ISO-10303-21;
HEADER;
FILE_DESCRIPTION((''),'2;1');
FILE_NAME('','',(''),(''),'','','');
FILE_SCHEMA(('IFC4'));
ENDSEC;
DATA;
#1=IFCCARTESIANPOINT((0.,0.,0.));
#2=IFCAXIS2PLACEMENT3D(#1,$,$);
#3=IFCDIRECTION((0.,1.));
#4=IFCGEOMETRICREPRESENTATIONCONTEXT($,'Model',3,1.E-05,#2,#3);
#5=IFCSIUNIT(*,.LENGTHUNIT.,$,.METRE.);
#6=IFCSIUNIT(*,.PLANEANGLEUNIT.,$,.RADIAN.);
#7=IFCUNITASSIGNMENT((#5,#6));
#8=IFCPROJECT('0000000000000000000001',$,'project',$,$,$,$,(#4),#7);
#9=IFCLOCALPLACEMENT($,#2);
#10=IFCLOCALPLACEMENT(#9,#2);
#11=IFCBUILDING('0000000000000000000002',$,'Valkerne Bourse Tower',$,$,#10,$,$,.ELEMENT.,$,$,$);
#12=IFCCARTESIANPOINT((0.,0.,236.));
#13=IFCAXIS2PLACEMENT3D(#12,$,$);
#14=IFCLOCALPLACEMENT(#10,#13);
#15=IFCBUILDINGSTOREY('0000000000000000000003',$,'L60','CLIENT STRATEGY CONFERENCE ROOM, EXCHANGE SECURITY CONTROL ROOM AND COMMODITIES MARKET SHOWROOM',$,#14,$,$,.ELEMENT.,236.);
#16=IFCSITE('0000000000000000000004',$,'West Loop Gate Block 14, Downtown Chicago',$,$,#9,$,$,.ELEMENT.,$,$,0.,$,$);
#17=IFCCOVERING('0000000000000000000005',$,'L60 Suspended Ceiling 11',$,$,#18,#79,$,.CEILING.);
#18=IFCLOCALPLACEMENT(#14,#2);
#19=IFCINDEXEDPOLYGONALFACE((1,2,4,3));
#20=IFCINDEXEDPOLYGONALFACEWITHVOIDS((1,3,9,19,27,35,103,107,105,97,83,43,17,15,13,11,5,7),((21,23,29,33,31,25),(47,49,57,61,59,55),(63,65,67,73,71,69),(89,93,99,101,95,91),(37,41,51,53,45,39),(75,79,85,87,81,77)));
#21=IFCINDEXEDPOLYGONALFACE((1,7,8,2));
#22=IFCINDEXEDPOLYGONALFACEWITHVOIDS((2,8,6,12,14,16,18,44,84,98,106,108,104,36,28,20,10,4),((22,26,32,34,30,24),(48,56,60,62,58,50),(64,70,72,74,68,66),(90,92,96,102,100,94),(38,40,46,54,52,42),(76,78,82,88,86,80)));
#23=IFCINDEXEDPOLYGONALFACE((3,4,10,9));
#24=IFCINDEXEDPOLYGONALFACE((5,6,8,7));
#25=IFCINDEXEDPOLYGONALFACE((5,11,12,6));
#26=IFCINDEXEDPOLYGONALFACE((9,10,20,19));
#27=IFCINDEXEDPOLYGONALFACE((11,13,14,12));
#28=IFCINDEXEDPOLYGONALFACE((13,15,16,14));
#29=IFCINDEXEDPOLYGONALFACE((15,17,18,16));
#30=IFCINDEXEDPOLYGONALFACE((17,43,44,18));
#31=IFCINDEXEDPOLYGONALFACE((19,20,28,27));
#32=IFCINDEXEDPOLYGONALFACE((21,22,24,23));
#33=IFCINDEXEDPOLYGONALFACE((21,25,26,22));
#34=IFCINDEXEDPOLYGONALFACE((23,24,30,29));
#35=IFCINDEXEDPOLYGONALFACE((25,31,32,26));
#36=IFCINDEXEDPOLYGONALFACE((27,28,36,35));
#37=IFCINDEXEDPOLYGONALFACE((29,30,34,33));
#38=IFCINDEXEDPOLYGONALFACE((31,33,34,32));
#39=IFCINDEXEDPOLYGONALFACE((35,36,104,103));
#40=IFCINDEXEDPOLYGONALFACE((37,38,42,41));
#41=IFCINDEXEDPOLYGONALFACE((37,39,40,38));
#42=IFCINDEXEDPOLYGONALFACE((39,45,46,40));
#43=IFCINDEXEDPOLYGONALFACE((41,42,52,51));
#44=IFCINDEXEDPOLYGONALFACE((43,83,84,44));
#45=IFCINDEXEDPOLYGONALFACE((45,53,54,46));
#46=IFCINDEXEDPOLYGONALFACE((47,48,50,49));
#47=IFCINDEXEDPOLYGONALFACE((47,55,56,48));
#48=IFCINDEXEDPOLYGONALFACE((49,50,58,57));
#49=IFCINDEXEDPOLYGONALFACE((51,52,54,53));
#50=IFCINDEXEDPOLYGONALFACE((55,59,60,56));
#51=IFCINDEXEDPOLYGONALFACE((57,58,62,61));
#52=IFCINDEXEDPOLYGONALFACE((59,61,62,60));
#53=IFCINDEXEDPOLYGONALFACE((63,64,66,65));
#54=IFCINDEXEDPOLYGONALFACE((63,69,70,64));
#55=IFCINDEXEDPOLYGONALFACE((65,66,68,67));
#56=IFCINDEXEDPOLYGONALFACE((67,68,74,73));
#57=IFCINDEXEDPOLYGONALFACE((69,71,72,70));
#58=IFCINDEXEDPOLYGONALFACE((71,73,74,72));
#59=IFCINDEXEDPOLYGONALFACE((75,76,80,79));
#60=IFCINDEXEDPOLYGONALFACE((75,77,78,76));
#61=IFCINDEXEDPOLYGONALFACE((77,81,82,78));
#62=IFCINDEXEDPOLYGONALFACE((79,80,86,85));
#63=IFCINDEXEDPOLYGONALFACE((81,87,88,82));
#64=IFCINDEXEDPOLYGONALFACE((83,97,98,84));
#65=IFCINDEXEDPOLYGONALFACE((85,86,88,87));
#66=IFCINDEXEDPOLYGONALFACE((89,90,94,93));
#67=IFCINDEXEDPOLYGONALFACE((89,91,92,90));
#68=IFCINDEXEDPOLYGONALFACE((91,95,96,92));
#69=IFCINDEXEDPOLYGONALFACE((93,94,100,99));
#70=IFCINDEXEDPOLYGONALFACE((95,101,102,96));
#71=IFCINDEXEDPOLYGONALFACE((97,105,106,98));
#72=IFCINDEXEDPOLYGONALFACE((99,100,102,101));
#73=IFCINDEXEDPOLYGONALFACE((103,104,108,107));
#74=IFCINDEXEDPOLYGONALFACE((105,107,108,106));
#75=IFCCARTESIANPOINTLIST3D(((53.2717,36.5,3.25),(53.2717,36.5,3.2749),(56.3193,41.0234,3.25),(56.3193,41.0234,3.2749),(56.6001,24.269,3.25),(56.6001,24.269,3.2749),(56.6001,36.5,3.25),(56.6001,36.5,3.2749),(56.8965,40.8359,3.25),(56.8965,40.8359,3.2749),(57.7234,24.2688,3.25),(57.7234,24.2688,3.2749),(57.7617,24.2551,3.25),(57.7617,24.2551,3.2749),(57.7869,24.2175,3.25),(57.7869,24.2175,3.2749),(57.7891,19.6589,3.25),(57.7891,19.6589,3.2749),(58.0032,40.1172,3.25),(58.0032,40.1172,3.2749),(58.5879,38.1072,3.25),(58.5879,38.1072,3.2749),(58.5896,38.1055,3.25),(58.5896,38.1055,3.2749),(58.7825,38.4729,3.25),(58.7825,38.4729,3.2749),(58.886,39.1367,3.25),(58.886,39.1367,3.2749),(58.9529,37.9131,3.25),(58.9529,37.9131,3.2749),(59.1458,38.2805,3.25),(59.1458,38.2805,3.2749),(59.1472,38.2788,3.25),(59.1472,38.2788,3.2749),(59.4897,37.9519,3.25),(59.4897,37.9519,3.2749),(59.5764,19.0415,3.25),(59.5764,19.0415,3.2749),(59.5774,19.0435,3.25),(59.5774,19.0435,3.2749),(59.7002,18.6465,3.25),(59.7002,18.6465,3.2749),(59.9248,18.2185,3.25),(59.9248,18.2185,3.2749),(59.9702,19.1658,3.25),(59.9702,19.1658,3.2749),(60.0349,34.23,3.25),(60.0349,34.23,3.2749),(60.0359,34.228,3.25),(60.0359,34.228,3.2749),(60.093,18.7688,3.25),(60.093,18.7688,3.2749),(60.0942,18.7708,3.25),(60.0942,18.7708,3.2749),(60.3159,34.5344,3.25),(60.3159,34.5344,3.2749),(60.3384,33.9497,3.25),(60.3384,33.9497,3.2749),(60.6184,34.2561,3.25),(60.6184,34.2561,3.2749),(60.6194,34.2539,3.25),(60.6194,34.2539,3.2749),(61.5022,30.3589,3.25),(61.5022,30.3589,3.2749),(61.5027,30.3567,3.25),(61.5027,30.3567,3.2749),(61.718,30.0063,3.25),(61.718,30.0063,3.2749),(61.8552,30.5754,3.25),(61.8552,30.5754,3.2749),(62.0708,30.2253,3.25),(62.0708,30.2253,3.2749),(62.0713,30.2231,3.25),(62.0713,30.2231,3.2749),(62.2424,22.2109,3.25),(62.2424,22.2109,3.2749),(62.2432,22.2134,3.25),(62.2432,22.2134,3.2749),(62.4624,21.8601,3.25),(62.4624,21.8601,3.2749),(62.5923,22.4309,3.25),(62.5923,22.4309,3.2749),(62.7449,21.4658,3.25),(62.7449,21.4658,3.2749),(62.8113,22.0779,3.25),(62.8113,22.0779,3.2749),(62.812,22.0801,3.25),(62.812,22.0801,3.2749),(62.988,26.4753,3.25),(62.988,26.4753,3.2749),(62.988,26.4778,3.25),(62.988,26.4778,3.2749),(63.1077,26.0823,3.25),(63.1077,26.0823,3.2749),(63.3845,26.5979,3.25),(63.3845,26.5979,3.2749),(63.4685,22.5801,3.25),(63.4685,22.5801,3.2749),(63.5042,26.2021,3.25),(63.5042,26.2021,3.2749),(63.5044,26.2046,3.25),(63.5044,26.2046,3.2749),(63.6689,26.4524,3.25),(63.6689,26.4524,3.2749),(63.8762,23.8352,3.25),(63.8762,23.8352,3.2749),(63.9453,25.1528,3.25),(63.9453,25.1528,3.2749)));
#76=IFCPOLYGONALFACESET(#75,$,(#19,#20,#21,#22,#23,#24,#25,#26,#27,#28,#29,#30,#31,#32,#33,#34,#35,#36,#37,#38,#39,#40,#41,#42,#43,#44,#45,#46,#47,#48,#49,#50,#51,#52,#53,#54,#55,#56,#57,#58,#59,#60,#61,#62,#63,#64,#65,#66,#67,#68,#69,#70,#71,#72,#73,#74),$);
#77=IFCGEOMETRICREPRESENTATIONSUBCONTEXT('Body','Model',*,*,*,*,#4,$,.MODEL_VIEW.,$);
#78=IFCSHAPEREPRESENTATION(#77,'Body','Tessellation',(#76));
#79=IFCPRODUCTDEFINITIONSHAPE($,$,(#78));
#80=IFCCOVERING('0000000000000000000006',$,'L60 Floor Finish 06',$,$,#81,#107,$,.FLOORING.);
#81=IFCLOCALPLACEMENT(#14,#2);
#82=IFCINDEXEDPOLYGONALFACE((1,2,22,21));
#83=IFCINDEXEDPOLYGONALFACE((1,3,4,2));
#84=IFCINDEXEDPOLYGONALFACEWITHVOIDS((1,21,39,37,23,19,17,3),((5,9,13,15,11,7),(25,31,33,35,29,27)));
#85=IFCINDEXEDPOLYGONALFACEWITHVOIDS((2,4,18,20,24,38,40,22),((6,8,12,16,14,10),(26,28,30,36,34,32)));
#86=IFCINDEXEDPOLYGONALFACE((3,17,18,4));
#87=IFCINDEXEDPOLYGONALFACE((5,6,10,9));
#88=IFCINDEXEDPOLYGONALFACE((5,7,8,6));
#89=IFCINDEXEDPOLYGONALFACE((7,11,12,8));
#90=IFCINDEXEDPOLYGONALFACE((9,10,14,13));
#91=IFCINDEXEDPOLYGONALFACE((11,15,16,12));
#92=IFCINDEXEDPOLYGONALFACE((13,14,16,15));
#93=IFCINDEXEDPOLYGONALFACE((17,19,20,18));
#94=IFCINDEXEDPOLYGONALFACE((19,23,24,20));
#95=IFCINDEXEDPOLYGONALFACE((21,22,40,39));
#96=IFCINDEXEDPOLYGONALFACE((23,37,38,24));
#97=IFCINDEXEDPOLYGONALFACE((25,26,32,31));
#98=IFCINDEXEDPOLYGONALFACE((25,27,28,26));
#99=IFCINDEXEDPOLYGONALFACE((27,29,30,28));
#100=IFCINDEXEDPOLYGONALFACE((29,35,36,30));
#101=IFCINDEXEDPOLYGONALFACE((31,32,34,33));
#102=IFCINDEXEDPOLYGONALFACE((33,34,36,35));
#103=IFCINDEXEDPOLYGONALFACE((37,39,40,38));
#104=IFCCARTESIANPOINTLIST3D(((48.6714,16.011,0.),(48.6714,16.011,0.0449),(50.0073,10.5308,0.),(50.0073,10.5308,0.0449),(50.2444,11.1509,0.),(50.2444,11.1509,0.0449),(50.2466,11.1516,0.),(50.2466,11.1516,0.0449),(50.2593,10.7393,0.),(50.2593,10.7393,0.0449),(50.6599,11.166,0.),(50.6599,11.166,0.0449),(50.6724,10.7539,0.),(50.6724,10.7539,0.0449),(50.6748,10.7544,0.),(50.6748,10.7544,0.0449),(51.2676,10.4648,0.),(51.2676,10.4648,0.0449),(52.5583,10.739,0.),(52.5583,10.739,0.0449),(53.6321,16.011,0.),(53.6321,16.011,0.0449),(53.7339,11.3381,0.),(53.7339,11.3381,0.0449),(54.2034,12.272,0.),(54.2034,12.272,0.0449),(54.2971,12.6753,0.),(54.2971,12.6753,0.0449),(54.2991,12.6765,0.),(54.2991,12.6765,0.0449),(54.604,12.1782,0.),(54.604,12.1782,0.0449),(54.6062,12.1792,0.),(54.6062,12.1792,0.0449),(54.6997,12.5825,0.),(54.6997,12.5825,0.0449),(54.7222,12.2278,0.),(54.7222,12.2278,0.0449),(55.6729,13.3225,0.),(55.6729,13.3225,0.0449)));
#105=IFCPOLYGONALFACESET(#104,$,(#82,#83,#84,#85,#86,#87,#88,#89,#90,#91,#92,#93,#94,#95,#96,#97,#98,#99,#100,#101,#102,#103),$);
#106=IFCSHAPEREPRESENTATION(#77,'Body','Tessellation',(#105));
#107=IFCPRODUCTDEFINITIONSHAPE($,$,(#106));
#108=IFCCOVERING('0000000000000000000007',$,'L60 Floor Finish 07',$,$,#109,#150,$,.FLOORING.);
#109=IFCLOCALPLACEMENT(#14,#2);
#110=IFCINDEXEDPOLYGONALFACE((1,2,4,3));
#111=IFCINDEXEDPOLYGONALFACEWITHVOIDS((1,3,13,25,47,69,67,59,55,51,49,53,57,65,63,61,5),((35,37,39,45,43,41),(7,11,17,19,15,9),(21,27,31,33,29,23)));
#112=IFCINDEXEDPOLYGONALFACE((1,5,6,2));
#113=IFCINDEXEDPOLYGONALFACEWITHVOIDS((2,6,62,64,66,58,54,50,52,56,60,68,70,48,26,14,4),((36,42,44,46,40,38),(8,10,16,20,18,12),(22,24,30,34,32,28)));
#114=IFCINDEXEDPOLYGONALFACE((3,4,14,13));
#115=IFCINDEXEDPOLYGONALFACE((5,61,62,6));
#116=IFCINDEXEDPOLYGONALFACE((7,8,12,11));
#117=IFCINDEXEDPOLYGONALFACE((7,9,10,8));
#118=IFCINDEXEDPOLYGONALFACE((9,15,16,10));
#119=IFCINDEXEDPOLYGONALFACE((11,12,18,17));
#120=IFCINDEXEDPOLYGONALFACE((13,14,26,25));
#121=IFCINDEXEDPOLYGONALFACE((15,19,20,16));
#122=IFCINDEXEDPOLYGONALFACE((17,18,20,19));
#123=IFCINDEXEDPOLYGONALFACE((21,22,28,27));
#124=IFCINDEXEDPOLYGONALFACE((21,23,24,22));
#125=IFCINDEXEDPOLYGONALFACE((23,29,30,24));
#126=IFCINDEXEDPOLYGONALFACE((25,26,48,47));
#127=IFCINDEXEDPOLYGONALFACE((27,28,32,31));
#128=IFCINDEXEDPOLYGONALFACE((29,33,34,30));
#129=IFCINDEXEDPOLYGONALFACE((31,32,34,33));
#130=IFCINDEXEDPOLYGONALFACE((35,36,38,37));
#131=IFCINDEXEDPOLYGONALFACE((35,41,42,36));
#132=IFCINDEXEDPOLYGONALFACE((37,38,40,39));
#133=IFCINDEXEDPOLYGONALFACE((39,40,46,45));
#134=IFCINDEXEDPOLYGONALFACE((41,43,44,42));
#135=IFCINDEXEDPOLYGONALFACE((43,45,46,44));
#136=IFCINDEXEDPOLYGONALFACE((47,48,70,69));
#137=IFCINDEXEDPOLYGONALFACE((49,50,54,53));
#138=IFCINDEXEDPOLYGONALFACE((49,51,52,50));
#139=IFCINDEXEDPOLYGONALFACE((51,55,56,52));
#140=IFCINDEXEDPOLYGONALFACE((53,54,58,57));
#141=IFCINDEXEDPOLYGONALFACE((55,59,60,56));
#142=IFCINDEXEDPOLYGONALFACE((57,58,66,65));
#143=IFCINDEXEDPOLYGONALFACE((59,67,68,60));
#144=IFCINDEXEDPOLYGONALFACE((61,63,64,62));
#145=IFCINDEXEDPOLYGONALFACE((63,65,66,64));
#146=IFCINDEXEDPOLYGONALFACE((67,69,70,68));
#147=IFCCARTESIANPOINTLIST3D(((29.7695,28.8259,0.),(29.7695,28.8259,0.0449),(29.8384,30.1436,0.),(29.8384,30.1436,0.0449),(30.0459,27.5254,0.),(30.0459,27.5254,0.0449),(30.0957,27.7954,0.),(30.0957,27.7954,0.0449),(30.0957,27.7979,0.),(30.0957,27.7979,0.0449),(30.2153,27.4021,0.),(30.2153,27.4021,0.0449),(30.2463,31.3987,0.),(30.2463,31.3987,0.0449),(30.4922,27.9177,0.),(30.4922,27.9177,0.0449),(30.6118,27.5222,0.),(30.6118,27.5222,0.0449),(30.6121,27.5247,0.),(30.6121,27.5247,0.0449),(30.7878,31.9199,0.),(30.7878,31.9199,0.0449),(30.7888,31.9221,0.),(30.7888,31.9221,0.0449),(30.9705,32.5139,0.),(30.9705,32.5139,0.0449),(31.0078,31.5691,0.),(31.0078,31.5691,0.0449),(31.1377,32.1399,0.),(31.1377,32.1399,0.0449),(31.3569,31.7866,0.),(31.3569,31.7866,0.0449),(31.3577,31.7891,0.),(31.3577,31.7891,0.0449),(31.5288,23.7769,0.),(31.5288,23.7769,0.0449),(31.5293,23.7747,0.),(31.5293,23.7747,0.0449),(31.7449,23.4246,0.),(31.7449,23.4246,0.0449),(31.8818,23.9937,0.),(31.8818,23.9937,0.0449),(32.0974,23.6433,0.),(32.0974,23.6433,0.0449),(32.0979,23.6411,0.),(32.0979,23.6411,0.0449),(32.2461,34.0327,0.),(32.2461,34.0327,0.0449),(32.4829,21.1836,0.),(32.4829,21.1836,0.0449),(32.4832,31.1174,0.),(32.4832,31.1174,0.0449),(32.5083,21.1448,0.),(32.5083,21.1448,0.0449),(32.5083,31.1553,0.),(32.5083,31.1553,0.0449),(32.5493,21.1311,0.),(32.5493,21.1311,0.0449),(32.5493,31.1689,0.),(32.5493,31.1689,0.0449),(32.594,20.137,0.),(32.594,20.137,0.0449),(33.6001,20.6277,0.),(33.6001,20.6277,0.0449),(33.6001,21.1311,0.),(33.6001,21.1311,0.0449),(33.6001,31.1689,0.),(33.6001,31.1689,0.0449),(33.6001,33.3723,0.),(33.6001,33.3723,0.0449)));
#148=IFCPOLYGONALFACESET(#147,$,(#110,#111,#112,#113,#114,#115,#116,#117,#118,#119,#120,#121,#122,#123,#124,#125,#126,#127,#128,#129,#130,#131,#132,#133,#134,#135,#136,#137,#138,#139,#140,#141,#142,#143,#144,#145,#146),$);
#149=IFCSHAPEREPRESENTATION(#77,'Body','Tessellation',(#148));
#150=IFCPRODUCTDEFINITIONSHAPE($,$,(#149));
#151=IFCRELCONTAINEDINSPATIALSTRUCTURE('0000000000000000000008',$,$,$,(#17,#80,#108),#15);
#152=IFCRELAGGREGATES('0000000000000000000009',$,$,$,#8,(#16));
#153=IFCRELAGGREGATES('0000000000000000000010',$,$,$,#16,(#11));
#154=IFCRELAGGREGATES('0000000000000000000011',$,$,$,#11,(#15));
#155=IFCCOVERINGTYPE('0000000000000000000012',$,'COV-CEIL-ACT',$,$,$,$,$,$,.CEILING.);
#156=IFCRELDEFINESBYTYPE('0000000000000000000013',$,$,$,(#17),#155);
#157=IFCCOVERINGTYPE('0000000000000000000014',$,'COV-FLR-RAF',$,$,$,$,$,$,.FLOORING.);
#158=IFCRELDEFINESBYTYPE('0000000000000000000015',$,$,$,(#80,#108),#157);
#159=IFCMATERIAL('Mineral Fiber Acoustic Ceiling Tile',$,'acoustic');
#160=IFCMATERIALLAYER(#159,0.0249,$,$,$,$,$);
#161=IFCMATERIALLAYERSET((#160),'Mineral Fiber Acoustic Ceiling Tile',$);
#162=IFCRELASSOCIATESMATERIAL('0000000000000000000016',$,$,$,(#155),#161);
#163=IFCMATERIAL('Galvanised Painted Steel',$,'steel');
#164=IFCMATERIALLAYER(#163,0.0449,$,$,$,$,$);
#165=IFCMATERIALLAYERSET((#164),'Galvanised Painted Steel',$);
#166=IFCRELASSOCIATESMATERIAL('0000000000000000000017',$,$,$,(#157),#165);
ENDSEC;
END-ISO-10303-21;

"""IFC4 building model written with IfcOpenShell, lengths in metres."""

from ifc_helpers import new_model, si_unit, direction, frame, origin, place, context, subcontext, project, spatial, polyline, outline, extrude, material, layer, layer_set, type_object, element, save


model = new_model("IFC4")

# Units and contexts
model_context = context("Model", 3, precision=1e-05, world=origin(), true_north=direction((0.0, 1.0)))
body_context = subcontext(model_context, "Body", "Model", "MODEL_VIEW")
ifc_project = project(units=[si_unit("LENGTHUNIT", "METRE"), si_unit("PLANEANGLEUNIT", "RADIAN")], contexts=[model_context])

# Site, building, storey
site_placement = place(None, origin())
site = spatial("IfcSite", under=ifc_project, at=site_placement, Name="West Loop Gate Block 14, Downtown Chicago", CompositionType="ELEMENT", RefElevation=0.0)
building_placement = place(site_placement, origin())
building = spatial("IfcBuilding", under=site, at=building_placement, Name="Valkerne Bourse Tower", CompositionType="ELEMENT")
storey_placement = place(building_placement, frame((0.0, 0.0, 236.0)))
storey = spatial("IfcBuildingStorey", under=building, at=storey_placement, Name="L60", Description="CLIENT STRATEGY CONFERENCE ROOM, EXCHANGE SECURITY CONTROL ROOM AND COMMODITIES MARKET SHOWROOM", CompositionType="ELEMENT", Elevation=236.0)

# Coverings
ifc_material_1 = material(Name="Mineral Fiber Acoustic Ceiling Tile", Category="acoustic")
ifc_layer_1 = layer(ifc_material_1, 0.0249)
ifc_layer_set_1 = layer_set([ifc_layer_1], Name="Mineral Fiber Acoustic Ceiling Tile")
covering_type_1 = type_object("IfcCoveringType", Name="COV-CEIL-ACT", PredefinedType="CEILING", material=ifc_layer_set_1)
covering_1_placement = place(storey_placement, frame((0.0, 0.0, 3.25)))
element("IfcCovering", 1, at=covering_1_placement, inside=storey, type_object=covering_type_1, Name="L60 Suspended Ceiling 11", PredefinedType="CEILING", context=body_context, shape_type="SweptSolid", body=[
    extrude(outline(polyline([(63.4685, 22.5801), (62.7449, 21.4658), (59.9248, 18.2185), (57.7891, 19.6589), (57.7869, 24.2175), (57.7617, 24.2551), (57.7234, 24.2688), (56.6001, 24.269), (56.6001, 36.5), (53.2717, 36.5), (56.3193, 41.0234), (56.8965, 40.8359), (58.0032, 40.1172), (58.886, 39.1367), (59.4897, 37.9519), (63.6689, 26.4524), (63.9453, 25.1528), (63.8762, 23.8352), (63.4685, 22.5801)]), holes=[polyline([(60.0942, 18.7708), (59.9702, 19.1658), (59.5774, 19.0435), (59.5764, 19.0415), (59.7002, 18.6465), (60.093, 18.7688), (60.0942, 18.7708)]), polyline([(62.812, 22.0801), (62.5923, 22.4309), (62.2432, 22.2134), (62.2424, 22.2109), (62.4624, 21.8601), (62.8113, 22.0779), (62.812, 22.0801)]), polyline([(63.5042, 26.2021), (63.5044, 26.2046), (63.3845, 26.5979), (62.988, 26.4778), (62.988, 26.4753), (63.1077, 26.0823), (63.5042, 26.2021)]), polyline([(62.0708, 30.2253), (61.8552, 30.5754), (61.5022, 30.3589), (61.5027, 30.3567), (61.718, 30.0063), (62.0713, 30.2231), (62.0708, 30.2253)]), polyline([(60.6184, 34.2561), (60.3159, 34.5344), (60.0349, 34.23), (60.0359, 34.228), (60.3384, 33.9497), (60.6194, 34.2539), (60.6184, 34.2561)]), polyline([(59.1458, 38.2805), (58.7825, 38.4729), (58.5879, 38.1072), (58.5896, 38.1055), (58.9529, 37.9131), (59.1472, 38.2788), (59.1458, 38.2805)])]), origin(), (0.0, 0.0, 1.0), 0.0249),
])
ifc_material_2 = material(Name="Galvanised Painted Steel", Category="steel")
ifc_layer_2 = layer(ifc_material_2, 0.0449)
ifc_layer_set_2 = layer_set([ifc_layer_2], Name="Galvanised Painted Steel")
covering_type_2 = type_object("IfcCoveringType", Name="COV-FLR-RAF", PredefinedType="FLOORING", material=ifc_layer_set_2)
covering_2_placement = place(storey_placement, origin())
element("IfcCovering", 2, at=covering_2_placement, inside=storey, type_object=covering_type_2, Name="L60 Floor Finish 06", PredefinedType="FLOORING", context=body_context, shape_type="SweptSolid", body=[
    extrude(outline(polyline([(52.5583, 10.739), (51.2676, 10.4648), (50.0073, 10.5308), (48.6714, 16.011), (53.6321, 16.011), (55.6729, 13.3225), (54.7222, 12.2278), (53.7339, 11.3381), (52.5583, 10.739)]), holes=[polyline([(50.6748, 10.7544), (50.6599, 11.166), (50.2466, 11.1516), (50.2444, 11.1509), (50.2593, 10.7393), (50.6724, 10.7539), (50.6748, 10.7544)]), polyline([(54.6997, 12.5825), (54.2991, 12.6765), (54.2971, 12.6753), (54.2034, 12.272), (54.604, 12.1782), (54.6062, 12.1792), (54.6997, 12.5825)])]), origin(), (0.0, 0.0, 1.0), 0.0449),
])
covering_3_placement = place(storey_placement, origin())
element("IfcCovering", 3, at=covering_3_placement, inside=storey, type_object=covering_type_2, Name="L60 Floor Finish 07", PredefinedType="FLOORING", context=body_context, shape_type="SweptSolid", body=[
    extrude(outline(polyline([(29.8384, 30.1436), (30.2463, 31.3987), (30.9705, 32.5139), (32.2461, 34.0327), (33.6001, 33.3723), (33.6001, 31.1689), (32.5493, 31.1689), (32.5083, 31.1553), (32.4832, 31.1174), (32.4829, 21.1836), (32.5083, 21.1448), (32.5493, 21.1311), (33.6001, 21.1311), (33.6001, 20.6277), (32.594, 20.137), (30.0459, 27.5254), (29.7695, 28.8259), (29.8384, 30.1436)]), holes=[polyline([(32.0974, 23.6433), (31.8818, 23.9937), (31.5288, 23.7769), (31.5293, 23.7747), (31.7449, 23.4246), (32.0979, 23.6411), (32.0974, 23.6433)]), polyline([(30.6121, 27.5247), (30.4922, 27.9177), (30.0957, 27.7979), (30.0957, 27.7954), (30.2153, 27.4021), (30.6118, 27.5222), (30.6121, 27.5247)]), polyline([(31.3577, 31.7891), (31.1377, 32.1399), (30.7888, 31.9221), (30.7878, 31.9199), (31.0078, 31.5691), (31.3569, 31.7866), (31.3577, 31.7891)])]), origin(), (0.0, 0.0, 1.0), 0.0449),
])

save(model, "model.ifc")
